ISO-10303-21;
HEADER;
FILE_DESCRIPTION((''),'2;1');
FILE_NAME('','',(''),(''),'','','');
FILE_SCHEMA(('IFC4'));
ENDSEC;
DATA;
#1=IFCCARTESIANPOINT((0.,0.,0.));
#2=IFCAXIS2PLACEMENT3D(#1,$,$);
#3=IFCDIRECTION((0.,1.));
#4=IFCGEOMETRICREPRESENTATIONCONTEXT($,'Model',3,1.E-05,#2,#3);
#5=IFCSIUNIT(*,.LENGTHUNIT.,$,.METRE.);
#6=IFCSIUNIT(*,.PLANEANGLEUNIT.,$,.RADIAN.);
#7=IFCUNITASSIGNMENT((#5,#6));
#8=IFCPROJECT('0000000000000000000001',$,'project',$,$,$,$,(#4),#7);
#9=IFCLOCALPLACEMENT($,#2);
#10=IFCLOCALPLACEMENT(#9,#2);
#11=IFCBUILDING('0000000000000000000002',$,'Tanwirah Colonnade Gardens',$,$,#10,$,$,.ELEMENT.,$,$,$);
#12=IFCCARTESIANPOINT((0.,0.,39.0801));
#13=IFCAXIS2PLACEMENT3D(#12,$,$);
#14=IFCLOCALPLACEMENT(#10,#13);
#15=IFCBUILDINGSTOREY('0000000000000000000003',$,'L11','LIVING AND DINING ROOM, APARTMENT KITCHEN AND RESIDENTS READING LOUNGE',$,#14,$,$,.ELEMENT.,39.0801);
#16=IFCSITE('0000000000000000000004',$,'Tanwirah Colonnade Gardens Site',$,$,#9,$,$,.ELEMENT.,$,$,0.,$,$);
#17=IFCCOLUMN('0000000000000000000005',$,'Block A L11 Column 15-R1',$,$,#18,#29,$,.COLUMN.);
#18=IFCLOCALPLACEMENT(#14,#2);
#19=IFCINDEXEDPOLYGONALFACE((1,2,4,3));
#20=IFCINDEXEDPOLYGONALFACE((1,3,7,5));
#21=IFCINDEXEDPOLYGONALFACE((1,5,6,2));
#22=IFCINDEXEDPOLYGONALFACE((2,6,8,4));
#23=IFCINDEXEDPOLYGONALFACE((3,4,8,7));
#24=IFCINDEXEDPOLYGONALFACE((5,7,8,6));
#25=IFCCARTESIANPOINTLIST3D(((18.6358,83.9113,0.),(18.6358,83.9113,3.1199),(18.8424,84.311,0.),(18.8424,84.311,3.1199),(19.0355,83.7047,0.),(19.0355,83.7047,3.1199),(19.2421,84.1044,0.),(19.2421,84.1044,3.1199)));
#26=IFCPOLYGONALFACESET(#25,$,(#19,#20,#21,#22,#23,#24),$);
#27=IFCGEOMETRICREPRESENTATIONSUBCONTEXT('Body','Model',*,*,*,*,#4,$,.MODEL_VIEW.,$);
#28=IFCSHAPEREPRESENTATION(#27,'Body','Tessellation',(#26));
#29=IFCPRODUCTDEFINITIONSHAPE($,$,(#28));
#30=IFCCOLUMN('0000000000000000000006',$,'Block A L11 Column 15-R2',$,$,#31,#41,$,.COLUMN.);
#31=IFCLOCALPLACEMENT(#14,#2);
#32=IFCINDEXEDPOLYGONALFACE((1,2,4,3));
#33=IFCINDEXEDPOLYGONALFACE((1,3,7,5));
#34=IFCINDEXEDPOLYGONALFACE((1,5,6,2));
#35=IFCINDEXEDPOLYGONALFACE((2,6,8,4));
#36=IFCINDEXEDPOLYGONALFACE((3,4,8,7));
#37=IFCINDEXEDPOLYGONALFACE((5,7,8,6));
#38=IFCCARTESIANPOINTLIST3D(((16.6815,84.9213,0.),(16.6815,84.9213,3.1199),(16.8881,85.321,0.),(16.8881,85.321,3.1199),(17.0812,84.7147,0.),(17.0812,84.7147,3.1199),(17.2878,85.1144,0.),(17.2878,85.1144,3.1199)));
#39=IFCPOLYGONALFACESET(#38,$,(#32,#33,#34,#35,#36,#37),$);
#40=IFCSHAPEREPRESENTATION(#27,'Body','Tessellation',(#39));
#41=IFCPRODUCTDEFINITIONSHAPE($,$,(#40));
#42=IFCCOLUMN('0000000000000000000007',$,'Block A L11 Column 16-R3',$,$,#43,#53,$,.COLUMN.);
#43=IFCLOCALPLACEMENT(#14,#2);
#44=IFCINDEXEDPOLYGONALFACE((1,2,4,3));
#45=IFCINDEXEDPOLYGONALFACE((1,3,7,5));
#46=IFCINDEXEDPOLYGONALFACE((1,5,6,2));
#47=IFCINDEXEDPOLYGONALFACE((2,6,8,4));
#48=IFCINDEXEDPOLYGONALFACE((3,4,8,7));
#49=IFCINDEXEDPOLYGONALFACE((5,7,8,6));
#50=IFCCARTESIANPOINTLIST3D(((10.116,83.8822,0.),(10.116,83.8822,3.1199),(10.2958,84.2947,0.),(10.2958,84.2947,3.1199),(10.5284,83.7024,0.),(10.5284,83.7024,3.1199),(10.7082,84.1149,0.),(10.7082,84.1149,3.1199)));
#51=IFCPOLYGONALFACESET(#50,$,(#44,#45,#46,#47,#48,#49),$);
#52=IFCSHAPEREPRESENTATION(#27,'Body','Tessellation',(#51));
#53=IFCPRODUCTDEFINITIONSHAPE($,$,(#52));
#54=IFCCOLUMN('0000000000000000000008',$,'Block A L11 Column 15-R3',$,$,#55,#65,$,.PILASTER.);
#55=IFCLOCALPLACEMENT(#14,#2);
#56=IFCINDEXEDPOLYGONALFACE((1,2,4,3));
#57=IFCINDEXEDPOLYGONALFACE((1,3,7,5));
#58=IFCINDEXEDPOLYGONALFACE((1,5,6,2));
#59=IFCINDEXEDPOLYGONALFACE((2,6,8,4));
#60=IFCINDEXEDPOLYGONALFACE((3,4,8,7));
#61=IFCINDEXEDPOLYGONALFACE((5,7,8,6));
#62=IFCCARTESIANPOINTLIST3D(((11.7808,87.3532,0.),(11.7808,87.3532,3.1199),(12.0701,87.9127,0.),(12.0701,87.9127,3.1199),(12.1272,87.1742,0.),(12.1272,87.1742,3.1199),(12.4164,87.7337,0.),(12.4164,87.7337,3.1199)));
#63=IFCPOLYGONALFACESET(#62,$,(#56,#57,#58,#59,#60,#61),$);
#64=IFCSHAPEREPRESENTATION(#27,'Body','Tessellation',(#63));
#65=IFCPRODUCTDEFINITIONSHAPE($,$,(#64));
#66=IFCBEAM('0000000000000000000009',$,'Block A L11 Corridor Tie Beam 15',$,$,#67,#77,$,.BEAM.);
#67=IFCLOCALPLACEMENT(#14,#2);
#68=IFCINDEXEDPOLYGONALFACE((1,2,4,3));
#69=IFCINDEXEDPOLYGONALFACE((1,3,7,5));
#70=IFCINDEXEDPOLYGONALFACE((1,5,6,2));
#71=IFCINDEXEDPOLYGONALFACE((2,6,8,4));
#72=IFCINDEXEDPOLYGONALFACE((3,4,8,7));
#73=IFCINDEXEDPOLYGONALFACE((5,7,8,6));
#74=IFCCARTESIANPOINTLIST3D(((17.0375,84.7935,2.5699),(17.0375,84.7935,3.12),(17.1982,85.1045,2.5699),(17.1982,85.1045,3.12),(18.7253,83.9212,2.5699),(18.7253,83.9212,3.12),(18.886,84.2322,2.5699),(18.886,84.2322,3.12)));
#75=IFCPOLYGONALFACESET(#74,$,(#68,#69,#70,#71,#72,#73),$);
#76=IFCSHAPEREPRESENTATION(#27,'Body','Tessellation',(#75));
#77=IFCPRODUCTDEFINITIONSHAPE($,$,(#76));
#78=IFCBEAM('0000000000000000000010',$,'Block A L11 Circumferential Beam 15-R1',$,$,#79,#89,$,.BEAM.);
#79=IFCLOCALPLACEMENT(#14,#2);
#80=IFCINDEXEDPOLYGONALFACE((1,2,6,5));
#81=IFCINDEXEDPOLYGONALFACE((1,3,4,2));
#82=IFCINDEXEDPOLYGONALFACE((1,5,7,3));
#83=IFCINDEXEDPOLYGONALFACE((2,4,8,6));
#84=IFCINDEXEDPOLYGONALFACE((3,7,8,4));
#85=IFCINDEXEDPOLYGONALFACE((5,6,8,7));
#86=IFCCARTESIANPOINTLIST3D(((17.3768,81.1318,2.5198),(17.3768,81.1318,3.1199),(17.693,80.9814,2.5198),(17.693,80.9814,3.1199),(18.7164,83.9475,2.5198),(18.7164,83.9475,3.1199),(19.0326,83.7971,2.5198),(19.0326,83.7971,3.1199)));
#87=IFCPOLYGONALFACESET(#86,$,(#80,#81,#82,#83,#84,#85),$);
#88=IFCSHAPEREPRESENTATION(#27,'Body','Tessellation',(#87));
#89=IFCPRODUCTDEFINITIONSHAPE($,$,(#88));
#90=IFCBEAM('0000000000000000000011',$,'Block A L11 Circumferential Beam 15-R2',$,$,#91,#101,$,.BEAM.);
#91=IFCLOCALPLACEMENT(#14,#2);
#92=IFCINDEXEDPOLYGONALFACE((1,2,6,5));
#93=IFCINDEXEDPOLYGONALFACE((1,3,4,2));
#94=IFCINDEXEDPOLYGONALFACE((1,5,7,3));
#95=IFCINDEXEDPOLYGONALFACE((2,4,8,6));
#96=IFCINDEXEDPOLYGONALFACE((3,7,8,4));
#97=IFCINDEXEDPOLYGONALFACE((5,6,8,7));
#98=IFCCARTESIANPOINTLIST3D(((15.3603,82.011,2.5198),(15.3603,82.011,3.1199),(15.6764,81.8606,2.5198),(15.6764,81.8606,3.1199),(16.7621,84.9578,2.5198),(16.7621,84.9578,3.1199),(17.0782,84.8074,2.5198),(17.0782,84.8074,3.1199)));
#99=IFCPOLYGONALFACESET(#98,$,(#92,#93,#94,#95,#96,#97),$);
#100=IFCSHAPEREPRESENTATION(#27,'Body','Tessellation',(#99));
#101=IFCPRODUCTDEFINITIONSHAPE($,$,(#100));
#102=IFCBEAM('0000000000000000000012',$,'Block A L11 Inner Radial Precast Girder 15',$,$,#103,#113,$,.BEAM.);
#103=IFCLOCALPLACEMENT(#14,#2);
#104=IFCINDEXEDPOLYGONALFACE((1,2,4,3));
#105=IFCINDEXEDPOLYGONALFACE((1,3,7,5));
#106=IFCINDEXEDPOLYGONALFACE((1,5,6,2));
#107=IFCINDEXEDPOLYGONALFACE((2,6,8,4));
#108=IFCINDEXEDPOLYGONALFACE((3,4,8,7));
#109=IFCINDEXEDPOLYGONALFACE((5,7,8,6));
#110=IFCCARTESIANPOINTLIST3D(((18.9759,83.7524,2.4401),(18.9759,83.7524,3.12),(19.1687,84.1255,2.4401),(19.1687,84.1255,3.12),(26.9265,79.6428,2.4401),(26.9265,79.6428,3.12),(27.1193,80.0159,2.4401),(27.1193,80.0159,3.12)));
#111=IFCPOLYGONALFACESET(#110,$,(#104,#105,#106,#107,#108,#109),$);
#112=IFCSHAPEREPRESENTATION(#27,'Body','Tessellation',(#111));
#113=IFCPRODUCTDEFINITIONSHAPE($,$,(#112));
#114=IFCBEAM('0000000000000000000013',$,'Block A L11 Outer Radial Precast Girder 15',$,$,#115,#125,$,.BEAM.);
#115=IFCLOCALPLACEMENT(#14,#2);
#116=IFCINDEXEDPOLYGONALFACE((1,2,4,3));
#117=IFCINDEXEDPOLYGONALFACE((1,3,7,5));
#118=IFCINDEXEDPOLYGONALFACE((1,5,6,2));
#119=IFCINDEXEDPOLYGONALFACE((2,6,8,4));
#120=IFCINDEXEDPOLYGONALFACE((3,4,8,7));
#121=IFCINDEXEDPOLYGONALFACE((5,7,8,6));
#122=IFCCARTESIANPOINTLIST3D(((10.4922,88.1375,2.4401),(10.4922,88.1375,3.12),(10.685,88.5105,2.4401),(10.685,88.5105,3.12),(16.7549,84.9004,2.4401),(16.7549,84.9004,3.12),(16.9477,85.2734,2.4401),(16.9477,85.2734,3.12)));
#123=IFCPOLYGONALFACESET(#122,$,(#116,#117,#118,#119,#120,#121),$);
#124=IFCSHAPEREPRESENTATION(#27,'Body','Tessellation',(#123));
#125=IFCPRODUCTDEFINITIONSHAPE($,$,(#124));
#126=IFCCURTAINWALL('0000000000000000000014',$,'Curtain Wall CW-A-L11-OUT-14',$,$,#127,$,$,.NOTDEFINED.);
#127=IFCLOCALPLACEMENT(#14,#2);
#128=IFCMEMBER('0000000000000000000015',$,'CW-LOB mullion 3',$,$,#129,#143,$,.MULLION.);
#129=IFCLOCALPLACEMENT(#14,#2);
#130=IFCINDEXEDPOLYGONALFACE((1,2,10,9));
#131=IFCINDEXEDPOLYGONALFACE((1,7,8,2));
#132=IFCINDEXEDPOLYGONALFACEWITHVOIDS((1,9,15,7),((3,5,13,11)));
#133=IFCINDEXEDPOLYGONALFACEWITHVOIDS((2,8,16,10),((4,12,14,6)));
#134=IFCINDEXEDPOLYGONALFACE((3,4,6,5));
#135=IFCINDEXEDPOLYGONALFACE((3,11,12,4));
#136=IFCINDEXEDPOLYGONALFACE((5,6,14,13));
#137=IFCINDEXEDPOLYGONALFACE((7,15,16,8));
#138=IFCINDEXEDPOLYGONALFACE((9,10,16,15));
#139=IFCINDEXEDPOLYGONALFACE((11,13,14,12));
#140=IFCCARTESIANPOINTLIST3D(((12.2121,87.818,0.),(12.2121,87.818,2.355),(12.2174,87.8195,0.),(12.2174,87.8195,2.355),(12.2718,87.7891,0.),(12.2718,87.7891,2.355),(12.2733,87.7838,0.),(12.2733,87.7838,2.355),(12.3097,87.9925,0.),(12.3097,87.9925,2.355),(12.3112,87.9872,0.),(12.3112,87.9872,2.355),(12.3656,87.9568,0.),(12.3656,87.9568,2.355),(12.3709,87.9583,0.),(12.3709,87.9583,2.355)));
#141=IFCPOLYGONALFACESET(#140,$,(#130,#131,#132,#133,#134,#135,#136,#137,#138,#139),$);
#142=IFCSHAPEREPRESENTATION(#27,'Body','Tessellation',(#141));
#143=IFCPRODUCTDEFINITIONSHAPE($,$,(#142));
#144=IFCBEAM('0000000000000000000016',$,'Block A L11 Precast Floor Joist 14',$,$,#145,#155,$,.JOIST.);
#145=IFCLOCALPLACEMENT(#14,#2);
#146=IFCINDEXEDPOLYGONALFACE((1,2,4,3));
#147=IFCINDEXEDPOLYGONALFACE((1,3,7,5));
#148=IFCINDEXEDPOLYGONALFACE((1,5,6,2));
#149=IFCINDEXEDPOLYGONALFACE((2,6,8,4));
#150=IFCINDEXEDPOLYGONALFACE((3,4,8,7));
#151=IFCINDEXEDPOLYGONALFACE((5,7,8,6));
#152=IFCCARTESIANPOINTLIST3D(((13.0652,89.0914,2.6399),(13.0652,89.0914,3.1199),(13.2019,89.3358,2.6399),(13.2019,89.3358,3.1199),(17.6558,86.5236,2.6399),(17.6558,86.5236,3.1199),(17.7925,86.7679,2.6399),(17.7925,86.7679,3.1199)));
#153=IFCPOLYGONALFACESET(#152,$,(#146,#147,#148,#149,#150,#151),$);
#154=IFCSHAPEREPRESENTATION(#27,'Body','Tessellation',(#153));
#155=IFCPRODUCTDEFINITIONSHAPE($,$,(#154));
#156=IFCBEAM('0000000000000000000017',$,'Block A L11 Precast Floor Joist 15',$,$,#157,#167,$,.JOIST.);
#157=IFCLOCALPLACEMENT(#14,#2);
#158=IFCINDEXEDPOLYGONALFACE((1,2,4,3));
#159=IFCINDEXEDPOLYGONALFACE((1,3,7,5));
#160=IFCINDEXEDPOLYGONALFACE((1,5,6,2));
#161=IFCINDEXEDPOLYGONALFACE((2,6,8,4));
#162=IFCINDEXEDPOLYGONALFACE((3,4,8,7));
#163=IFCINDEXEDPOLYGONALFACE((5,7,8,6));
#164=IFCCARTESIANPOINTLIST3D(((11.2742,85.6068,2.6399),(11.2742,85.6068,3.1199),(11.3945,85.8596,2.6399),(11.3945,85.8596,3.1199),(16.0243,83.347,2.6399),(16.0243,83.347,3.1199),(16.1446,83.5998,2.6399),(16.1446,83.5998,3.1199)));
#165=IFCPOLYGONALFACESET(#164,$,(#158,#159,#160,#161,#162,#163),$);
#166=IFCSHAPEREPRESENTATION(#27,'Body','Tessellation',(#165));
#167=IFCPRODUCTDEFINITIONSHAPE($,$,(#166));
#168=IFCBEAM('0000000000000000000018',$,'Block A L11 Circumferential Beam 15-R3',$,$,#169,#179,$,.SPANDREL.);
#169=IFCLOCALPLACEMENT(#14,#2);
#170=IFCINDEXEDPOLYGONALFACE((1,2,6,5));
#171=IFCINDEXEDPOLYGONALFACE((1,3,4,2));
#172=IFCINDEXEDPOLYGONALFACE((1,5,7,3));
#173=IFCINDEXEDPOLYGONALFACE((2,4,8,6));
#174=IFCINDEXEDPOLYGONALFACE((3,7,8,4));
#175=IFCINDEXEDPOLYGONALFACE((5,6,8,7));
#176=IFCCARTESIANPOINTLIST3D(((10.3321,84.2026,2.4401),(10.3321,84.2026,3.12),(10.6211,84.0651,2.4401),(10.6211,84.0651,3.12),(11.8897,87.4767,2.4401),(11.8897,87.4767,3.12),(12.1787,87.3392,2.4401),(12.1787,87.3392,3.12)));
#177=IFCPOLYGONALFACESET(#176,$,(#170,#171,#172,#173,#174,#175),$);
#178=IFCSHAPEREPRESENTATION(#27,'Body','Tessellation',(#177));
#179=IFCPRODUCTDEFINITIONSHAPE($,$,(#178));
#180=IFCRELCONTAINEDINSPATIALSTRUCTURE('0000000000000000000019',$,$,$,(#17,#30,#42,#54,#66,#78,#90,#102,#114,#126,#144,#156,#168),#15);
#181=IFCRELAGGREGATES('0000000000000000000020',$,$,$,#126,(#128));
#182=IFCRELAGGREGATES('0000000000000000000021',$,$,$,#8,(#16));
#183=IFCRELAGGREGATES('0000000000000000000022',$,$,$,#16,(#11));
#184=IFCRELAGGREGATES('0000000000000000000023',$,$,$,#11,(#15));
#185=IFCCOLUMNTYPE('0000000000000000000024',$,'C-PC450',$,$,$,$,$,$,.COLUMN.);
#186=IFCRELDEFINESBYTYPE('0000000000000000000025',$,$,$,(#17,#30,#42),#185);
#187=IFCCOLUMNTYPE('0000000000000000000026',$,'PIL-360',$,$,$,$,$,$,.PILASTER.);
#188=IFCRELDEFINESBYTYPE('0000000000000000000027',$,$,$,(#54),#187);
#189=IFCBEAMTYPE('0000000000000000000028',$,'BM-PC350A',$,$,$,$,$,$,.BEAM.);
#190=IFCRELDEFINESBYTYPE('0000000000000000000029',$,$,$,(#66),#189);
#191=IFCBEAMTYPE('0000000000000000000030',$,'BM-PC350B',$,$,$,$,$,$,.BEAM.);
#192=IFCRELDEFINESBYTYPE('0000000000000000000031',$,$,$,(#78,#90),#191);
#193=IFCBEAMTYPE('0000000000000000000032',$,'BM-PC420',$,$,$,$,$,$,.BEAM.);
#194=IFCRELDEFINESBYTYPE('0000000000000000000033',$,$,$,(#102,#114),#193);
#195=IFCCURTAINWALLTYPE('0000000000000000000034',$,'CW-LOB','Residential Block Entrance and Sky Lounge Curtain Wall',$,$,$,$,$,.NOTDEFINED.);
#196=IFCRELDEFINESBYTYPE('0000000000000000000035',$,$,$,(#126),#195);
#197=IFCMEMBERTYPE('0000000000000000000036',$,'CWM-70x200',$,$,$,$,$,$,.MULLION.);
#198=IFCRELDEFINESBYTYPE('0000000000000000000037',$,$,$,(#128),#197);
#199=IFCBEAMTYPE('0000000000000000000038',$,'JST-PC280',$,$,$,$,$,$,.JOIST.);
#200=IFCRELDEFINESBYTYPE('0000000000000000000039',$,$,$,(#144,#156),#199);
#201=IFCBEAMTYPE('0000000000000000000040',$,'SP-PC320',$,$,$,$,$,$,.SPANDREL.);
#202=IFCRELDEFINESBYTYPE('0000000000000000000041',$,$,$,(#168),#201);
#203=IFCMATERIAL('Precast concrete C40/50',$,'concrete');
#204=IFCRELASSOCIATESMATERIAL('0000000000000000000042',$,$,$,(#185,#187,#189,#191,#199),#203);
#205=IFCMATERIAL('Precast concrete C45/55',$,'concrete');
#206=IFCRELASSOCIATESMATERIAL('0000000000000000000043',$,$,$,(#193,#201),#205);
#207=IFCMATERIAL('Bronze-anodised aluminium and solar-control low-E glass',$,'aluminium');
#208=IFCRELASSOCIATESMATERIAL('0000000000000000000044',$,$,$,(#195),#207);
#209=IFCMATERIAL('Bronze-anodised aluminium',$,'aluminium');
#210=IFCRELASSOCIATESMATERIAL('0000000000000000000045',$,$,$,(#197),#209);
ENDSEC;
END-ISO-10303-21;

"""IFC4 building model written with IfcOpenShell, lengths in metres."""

from ifc_helpers import new_model, si_unit, direction, frame, origin, origin_2d, place, context, subcontext, project, spatial, rectangle, hollow_rectangle, extrude, material, material_profile, profile_set, type_object, element, aggregate, save


model = new_model("IFC4")

# Units and contexts
model_context = context("Model", 3, precision=1e-05, world=origin(), true_north=direction((0.0, 1.0)))
body_context = subcontext(model_context, "Body", "Model", "MODEL_VIEW")
ifc_project = project(units=[si_unit("LENGTHUNIT", "METRE"), si_unit("PLANEANGLEUNIT", "RADIAN")], contexts=[model_context])

# Site, building, storey
site_placement = place(None, origin())
site = spatial("IfcSite", under=ifc_project, at=site_placement, Name="Tanwirah Colonnade Gardens Site", CompositionType="ELEMENT", RefElevation=0.0)
building_placement = place(site_placement, origin())
building = spatial("IfcBuilding", under=site, at=building_placement, Name="Tanwirah Colonnade Gardens", CompositionType="ELEMENT")
storey_placement = place(building_placement, frame((0.0, 0.0, 39.0801)))
storey = spatial("IfcBuildingStorey", under=building, at=storey_placement, Name="L11", Description="LIVING AND DINING ROOM, APARTMENT KITCHEN AND RESIDENTS READING LOUNGE", CompositionType="ELEMENT", Elevation=39.0801)

# Columns
ifc_material_1 = material(Name="Precast concrete C40/50", Category="concrete")
ifc_material_profile_1 = material_profile(ifc_material_1, rectangle(XDim=0.45, YDim=0.45, at=origin_2d()), Name="PC-COL 450x450")
ifc_profile_set_1 = profile_set([ifc_material_profile_1], Name="Precast concrete C40/50")
column_type_1 = type_object("IfcColumnType", Name="C-PC450", PredefinedType="COLUMN", material=ifc_profile_set_1)
for number, where, z_axis, x_axis, name in (
    (1, (18.939, 84.0078, 0.0), (0.0, 0.0, 1.0), (-0.88835, 0.459166, 0.0), "Block A L11 Column 15-R1"),
    (2, (16.9846, 85.0178, 0.0), (0.0, 0.0, 1.0), (-0.88835, 0.459166, 0.0), "Block A L11 Column 15-R2"),
    (3, (10.4121, 83.9985, 0.0), (0.0, 0.0, 1.0), (-0.916673, 0.399638, 0.0), "Block A L11 Column 16-R3"),
):
    element("IfcColumn", number, at=place(storey_placement, frame(where, z_axis=z_axis, x_axis=x_axis)), inside=storey, type_object=column_type_1, Name=name, PredefinedType="COLUMN", context=body_context, shape_type="SweptSolid", body=[
        extrude(rectangle(XDim=0.45, YDim=0.45, at=origin_2d()), origin(), (0.0, 0.0, 1.0), 3.1199),
    ])
ifc_material_profile_2 = material_profile(ifc_material_1, rectangle(XDim=0.3899, YDim=0.6299, at=origin_2d()), Name="PC-PIL 390x630")
ifc_profile_set_2 = profile_set([ifc_material_profile_2], Name="Precast concrete C40/50")
column_type_2 = type_object("IfcColumnType", Name="PIL-360", PredefinedType="PILASTER", material=ifc_profile_set_2)
column_placement = place(storey_placement, frame((12.0986, 87.5435, 0.0), z_axis=(0.0, 0.0, 1.0), x_axis=(-0.88835, 0.459166, 0.0)))
element("IfcColumn", 4, at=column_placement, inside=storey, type_object=column_type_2, Name="Block A L11 Column 15-R3", PredefinedType="PILASTER", context=body_context, shape_type="SweptSolid", body=[
    extrude(rectangle(XDim=0.3899, YDim=0.6299, at=origin_2d()), origin(), (0.0, 0.0, 1.0), 3.1199),
])

# Beams
ifc_material_profile_3 = material_profile(ifc_material_1, rectangle(XDim=0.3501, YDim=0.55, at=origin_2d()), Name="PC-BM 350x550")
ifc_profile_set_3 = profile_set([ifc_material_profile_3], Name="Precast concrete C40/50")
beam_type_1 = type_object("IfcBeamType", Name="BM-PC350A", PredefinedType="BEAM", material=ifc_profile_set_3)
beam_1_placement = place(storey_placement, frame((18.8057, 84.0767, 2.845), z_axis=(-0.888359, 0.45915, 0.0), x_axis=(-0.45915, -0.888359, 0.0)))
element("IfcBeam", 5, at=beam_1_placement, inside=storey, type_object=beam_type_1, Name="Block A L11 Corridor Tie Beam 15", PredefinedType="BEAM", context=body_context, shape_type="SweptSolid", body=[
    extrude(rectangle(XDim=0.3501, YDim=0.55, at=origin_2d()), origin(), (0.0, 0.0, 1.0), 1.8999),
])
ifc_material_profile_4 = material_profile(ifc_material_1, rectangle(XDim=0.3501, YDim=0.6001, at=origin_2d()), Name="PC-BM 350x600")
ifc_profile_set_4 = profile_set([ifc_material_profile_4], Name="Precast concrete C40/50")
beam_type_2 = type_object("IfcBeamType", Name="BM-PC350B", PredefinedType="BEAM", material=ifc_profile_set_4)
beam_2_placement = place(storey_placement, frame((18.8745, 83.8723, 2.8198), z_axis=(-0.429621, -0.90301, 0.0), x_axis=(0.90301, -0.429621, 0.0)))
element("IfcBeam", 6, at=beam_2_placement, inside=storey, type_object=beam_type_2, Name="Block A L11 Circumferential Beam 15-R1", PredefinedType="BEAM", context=body_context, shape_type="SweptSolid", body=[
    extrude(rectangle(XDim=0.3501, YDim=0.6001, at=origin_2d()), origin(), (0.0, 0.0, 1.0), 3.1182),
])
beam_3_placement = place(storey_placement, frame((16.9202, 84.8826, 2.8198), z_axis=(-0.429591, -0.903024, 0.0), x_axis=(0.903024, -0.429591, 0.0)))
element("IfcBeam", 7, at=beam_3_placement, inside=storey, type_object=beam_type_2, Name="Block A L11 Circumferential Beam 15-R2", PredefinedType="BEAM", context=body_context, shape_type="SweptSolid", body=[
    extrude(rectangle(XDim=0.3501, YDim=0.6001, at=origin_2d()), origin(), (0.0, 0.0, 1.0), 3.2632),
])
ifc_material_2 = material(Name="Precast concrete C45/55", Category="concrete")
ifc_material_profile_5 = material_profile(ifc_material_2, rectangle(XDim=0.4199, YDim=0.6799, at=origin_2d()), Name="PC-BM 420x680")
ifc_profile_set_5 = profile_set([ifc_material_profile_5], Name="Precast concrete C45/55")
beam_type_3 = type_object("IfcBeamType", Name="BM-PC420", PredefinedType="BEAM", material=ifc_profile_set_5)
beam_4_placement = place(storey_placement, frame((19.0723, 83.939, 2.78), z_axis=(0.888345, -0.459176, 0.0), x_axis=(0.459176, 0.888345, 0.0)))
element("IfcBeam", 8, at=beam_4_placement, inside=storey, type_object=beam_type_3, Name="Block A L11 Inner Radial Precast Girder 15", PredefinedType="BEAM", context=body_context, shape_type="SweptSolid", body=[
    extrude(rectangle(XDim=0.4199, YDim=0.6799, at=origin_2d()), origin(), (0.0, 0.0, 1.0), 8.95),
])
beam_5_placement = place(storey_placement, frame((16.8513, 85.0869, 2.78), z_axis=(-0.888349, 0.459169, 0.0), x_axis=(-0.459169, -0.888349, 0.0)))
element("IfcBeam", 9, at=beam_5_placement, inside=storey, type_object=beam_type_3, Name="Block A L11 Outer Radial Precast Girder 15", PredefinedType="BEAM", context=body_context, shape_type="SweptSolid", body=[
    extrude(rectangle(XDim=0.4199, YDim=0.6799, at=origin_2d()), origin(), (0.0, 0.0, 1.0), 7.0498),
])

# Curtain wall, member
ifc_material_3 = material(Name="Bronze-anodised aluminium and solar-control low-E glass", Category="aluminium")
curtain_wall_type = type_object("IfcCurtainWallType", Name="CW-LOB", Description="Residential Block Entrance and Sky Lounge Curtain Wall", PredefinedType="NOTDEFINED", material=ifc_material_3)
curtain_wall_placement = place(storey_placement, origin())
curtain_wall = element("IfcCurtainWall", 10, at=curtain_wall_placement, inside=storey, type_object=curtain_wall_type, Name="Curtain Wall CW-A-L11-OUT-14", PredefinedType="NOTDEFINED")
ifc_material_4 = material(Name="Bronze-anodised aluminium", Category="aluminium")
ifc_material_profile_6 = material_profile(ifc_material_4, hollow_rectangle(XDim=0.0701, YDim=0.2, WallThickness=0.0039, at=origin_2d()), Name="CW-MUL 70x200x4")
ifc_profile_set_6 = profile_set([ifc_material_profile_6], Name="Bronze-anodised aluminium")
member_type = type_object("IfcMemberType", Name="CWM-70x200", PredefinedType="MULLION", material=ifc_profile_set_6)
member_placement = place(storey_placement, frame((12.2915, 87.8882, 0.0), z_axis=(0.0, 0.0, 1.0), x_axis=(0.872732, -0.488199, 0.0)))
member = element("IfcMember", 11, at=member_placement, type_object=member_type, Name="CW-LOB mullion 3", PredefinedType="MULLION", context=body_context, shape_type="SweptSolid", body=[
    extrude(hollow_rectangle(XDim=0.0701, YDim=0.2, WallThickness=0.0039, at=origin_2d()), origin(), (0.0, 0.0, 1.0), 2.355),
])
aggregate(curtain_wall, [member])

# Beams
ifc_material_profile_7 = material_profile(ifc_material_1, rectangle(XDim=0.28, YDim=0.48, at=origin_2d()), Name="PC-JST 280x480")
ifc_profile_set_7 = profile_set([ifc_material_profile_7], Name="Precast concrete C40/50")
beam_type_4 = type_object("IfcBeamType", Name="JST-PC280", PredefinedType="JOIST", material=ifc_profile_set_7)
beam_6_placement = place(storey_placement, frame((17.7241, 86.6458, 2.8799), z_axis=(-0.872737, 0.488191, 0.0), x_axis=(-0.488191, -0.872737, 0.0)))
element("IfcBeam", 12, at=beam_6_placement, inside=storey, type_object=beam_type_4, Name="Block A L11 Precast Floor Joist 14", PredefinedType="JOIST", context=body_context, shape_type="SweptSolid", body=[
    extrude(rectangle(XDim=0.28, YDim=0.48, at=origin_2d()), origin(), (0.0, 0.0, 1.0), 5.26),
])
beam_7_placement = place(storey_placement, frame((16.0845, 83.4734, 2.8799), z_axis=(-0.903018, 0.429602, 0.0), x_axis=(-0.429602, -0.903018, 0.0)))
element("IfcBeam", 13, at=beam_7_placement, inside=storey, type_object=beam_type_4, Name="Block A L11 Precast Floor Joist 15", PredefinedType="JOIST", context=body_context, shape_type="SweptSolid", body=[
    extrude(rectangle(XDim=0.28, YDim=0.48, at=origin_2d()), origin(), (0.0, 0.0, 1.0), 5.2603),
])
ifc_material_profile_8 = material_profile(ifc_material_2, rectangle(XDim=0.3201, YDim=0.6799, at=origin_2d()), Name="PC-SP 320x680")
ifc_profile_set_8 = profile_set([ifc_material_profile_8], Name="Precast concrete C45/55")
beam_type_5 = type_object("IfcBeamType", Name="SP-PC320", PredefinedType="SPANDREL", material=ifc_profile_set_8)
beam_8_placement = place(storey_placement, frame((12.0342, 87.408, 2.78), z_axis=(-0.429594, -0.903022, 0.0), x_axis=(0.903022, -0.429594, 0.0)))
element("IfcBeam", 14, at=beam_8_placement, inside=storey, type_object=beam_type_5, Name="Block A L11 Circumferential Beam 15-R3", PredefinedType="SPANDREL", context=body_context, shape_type="SweptSolid", body=[
    extrude(rectangle(XDim=0.3201, YDim=0.6799, at=origin_2d()), origin(), (0.0, 0.0, 1.0), 3.6257),
])

save(model, "model.ifc")
